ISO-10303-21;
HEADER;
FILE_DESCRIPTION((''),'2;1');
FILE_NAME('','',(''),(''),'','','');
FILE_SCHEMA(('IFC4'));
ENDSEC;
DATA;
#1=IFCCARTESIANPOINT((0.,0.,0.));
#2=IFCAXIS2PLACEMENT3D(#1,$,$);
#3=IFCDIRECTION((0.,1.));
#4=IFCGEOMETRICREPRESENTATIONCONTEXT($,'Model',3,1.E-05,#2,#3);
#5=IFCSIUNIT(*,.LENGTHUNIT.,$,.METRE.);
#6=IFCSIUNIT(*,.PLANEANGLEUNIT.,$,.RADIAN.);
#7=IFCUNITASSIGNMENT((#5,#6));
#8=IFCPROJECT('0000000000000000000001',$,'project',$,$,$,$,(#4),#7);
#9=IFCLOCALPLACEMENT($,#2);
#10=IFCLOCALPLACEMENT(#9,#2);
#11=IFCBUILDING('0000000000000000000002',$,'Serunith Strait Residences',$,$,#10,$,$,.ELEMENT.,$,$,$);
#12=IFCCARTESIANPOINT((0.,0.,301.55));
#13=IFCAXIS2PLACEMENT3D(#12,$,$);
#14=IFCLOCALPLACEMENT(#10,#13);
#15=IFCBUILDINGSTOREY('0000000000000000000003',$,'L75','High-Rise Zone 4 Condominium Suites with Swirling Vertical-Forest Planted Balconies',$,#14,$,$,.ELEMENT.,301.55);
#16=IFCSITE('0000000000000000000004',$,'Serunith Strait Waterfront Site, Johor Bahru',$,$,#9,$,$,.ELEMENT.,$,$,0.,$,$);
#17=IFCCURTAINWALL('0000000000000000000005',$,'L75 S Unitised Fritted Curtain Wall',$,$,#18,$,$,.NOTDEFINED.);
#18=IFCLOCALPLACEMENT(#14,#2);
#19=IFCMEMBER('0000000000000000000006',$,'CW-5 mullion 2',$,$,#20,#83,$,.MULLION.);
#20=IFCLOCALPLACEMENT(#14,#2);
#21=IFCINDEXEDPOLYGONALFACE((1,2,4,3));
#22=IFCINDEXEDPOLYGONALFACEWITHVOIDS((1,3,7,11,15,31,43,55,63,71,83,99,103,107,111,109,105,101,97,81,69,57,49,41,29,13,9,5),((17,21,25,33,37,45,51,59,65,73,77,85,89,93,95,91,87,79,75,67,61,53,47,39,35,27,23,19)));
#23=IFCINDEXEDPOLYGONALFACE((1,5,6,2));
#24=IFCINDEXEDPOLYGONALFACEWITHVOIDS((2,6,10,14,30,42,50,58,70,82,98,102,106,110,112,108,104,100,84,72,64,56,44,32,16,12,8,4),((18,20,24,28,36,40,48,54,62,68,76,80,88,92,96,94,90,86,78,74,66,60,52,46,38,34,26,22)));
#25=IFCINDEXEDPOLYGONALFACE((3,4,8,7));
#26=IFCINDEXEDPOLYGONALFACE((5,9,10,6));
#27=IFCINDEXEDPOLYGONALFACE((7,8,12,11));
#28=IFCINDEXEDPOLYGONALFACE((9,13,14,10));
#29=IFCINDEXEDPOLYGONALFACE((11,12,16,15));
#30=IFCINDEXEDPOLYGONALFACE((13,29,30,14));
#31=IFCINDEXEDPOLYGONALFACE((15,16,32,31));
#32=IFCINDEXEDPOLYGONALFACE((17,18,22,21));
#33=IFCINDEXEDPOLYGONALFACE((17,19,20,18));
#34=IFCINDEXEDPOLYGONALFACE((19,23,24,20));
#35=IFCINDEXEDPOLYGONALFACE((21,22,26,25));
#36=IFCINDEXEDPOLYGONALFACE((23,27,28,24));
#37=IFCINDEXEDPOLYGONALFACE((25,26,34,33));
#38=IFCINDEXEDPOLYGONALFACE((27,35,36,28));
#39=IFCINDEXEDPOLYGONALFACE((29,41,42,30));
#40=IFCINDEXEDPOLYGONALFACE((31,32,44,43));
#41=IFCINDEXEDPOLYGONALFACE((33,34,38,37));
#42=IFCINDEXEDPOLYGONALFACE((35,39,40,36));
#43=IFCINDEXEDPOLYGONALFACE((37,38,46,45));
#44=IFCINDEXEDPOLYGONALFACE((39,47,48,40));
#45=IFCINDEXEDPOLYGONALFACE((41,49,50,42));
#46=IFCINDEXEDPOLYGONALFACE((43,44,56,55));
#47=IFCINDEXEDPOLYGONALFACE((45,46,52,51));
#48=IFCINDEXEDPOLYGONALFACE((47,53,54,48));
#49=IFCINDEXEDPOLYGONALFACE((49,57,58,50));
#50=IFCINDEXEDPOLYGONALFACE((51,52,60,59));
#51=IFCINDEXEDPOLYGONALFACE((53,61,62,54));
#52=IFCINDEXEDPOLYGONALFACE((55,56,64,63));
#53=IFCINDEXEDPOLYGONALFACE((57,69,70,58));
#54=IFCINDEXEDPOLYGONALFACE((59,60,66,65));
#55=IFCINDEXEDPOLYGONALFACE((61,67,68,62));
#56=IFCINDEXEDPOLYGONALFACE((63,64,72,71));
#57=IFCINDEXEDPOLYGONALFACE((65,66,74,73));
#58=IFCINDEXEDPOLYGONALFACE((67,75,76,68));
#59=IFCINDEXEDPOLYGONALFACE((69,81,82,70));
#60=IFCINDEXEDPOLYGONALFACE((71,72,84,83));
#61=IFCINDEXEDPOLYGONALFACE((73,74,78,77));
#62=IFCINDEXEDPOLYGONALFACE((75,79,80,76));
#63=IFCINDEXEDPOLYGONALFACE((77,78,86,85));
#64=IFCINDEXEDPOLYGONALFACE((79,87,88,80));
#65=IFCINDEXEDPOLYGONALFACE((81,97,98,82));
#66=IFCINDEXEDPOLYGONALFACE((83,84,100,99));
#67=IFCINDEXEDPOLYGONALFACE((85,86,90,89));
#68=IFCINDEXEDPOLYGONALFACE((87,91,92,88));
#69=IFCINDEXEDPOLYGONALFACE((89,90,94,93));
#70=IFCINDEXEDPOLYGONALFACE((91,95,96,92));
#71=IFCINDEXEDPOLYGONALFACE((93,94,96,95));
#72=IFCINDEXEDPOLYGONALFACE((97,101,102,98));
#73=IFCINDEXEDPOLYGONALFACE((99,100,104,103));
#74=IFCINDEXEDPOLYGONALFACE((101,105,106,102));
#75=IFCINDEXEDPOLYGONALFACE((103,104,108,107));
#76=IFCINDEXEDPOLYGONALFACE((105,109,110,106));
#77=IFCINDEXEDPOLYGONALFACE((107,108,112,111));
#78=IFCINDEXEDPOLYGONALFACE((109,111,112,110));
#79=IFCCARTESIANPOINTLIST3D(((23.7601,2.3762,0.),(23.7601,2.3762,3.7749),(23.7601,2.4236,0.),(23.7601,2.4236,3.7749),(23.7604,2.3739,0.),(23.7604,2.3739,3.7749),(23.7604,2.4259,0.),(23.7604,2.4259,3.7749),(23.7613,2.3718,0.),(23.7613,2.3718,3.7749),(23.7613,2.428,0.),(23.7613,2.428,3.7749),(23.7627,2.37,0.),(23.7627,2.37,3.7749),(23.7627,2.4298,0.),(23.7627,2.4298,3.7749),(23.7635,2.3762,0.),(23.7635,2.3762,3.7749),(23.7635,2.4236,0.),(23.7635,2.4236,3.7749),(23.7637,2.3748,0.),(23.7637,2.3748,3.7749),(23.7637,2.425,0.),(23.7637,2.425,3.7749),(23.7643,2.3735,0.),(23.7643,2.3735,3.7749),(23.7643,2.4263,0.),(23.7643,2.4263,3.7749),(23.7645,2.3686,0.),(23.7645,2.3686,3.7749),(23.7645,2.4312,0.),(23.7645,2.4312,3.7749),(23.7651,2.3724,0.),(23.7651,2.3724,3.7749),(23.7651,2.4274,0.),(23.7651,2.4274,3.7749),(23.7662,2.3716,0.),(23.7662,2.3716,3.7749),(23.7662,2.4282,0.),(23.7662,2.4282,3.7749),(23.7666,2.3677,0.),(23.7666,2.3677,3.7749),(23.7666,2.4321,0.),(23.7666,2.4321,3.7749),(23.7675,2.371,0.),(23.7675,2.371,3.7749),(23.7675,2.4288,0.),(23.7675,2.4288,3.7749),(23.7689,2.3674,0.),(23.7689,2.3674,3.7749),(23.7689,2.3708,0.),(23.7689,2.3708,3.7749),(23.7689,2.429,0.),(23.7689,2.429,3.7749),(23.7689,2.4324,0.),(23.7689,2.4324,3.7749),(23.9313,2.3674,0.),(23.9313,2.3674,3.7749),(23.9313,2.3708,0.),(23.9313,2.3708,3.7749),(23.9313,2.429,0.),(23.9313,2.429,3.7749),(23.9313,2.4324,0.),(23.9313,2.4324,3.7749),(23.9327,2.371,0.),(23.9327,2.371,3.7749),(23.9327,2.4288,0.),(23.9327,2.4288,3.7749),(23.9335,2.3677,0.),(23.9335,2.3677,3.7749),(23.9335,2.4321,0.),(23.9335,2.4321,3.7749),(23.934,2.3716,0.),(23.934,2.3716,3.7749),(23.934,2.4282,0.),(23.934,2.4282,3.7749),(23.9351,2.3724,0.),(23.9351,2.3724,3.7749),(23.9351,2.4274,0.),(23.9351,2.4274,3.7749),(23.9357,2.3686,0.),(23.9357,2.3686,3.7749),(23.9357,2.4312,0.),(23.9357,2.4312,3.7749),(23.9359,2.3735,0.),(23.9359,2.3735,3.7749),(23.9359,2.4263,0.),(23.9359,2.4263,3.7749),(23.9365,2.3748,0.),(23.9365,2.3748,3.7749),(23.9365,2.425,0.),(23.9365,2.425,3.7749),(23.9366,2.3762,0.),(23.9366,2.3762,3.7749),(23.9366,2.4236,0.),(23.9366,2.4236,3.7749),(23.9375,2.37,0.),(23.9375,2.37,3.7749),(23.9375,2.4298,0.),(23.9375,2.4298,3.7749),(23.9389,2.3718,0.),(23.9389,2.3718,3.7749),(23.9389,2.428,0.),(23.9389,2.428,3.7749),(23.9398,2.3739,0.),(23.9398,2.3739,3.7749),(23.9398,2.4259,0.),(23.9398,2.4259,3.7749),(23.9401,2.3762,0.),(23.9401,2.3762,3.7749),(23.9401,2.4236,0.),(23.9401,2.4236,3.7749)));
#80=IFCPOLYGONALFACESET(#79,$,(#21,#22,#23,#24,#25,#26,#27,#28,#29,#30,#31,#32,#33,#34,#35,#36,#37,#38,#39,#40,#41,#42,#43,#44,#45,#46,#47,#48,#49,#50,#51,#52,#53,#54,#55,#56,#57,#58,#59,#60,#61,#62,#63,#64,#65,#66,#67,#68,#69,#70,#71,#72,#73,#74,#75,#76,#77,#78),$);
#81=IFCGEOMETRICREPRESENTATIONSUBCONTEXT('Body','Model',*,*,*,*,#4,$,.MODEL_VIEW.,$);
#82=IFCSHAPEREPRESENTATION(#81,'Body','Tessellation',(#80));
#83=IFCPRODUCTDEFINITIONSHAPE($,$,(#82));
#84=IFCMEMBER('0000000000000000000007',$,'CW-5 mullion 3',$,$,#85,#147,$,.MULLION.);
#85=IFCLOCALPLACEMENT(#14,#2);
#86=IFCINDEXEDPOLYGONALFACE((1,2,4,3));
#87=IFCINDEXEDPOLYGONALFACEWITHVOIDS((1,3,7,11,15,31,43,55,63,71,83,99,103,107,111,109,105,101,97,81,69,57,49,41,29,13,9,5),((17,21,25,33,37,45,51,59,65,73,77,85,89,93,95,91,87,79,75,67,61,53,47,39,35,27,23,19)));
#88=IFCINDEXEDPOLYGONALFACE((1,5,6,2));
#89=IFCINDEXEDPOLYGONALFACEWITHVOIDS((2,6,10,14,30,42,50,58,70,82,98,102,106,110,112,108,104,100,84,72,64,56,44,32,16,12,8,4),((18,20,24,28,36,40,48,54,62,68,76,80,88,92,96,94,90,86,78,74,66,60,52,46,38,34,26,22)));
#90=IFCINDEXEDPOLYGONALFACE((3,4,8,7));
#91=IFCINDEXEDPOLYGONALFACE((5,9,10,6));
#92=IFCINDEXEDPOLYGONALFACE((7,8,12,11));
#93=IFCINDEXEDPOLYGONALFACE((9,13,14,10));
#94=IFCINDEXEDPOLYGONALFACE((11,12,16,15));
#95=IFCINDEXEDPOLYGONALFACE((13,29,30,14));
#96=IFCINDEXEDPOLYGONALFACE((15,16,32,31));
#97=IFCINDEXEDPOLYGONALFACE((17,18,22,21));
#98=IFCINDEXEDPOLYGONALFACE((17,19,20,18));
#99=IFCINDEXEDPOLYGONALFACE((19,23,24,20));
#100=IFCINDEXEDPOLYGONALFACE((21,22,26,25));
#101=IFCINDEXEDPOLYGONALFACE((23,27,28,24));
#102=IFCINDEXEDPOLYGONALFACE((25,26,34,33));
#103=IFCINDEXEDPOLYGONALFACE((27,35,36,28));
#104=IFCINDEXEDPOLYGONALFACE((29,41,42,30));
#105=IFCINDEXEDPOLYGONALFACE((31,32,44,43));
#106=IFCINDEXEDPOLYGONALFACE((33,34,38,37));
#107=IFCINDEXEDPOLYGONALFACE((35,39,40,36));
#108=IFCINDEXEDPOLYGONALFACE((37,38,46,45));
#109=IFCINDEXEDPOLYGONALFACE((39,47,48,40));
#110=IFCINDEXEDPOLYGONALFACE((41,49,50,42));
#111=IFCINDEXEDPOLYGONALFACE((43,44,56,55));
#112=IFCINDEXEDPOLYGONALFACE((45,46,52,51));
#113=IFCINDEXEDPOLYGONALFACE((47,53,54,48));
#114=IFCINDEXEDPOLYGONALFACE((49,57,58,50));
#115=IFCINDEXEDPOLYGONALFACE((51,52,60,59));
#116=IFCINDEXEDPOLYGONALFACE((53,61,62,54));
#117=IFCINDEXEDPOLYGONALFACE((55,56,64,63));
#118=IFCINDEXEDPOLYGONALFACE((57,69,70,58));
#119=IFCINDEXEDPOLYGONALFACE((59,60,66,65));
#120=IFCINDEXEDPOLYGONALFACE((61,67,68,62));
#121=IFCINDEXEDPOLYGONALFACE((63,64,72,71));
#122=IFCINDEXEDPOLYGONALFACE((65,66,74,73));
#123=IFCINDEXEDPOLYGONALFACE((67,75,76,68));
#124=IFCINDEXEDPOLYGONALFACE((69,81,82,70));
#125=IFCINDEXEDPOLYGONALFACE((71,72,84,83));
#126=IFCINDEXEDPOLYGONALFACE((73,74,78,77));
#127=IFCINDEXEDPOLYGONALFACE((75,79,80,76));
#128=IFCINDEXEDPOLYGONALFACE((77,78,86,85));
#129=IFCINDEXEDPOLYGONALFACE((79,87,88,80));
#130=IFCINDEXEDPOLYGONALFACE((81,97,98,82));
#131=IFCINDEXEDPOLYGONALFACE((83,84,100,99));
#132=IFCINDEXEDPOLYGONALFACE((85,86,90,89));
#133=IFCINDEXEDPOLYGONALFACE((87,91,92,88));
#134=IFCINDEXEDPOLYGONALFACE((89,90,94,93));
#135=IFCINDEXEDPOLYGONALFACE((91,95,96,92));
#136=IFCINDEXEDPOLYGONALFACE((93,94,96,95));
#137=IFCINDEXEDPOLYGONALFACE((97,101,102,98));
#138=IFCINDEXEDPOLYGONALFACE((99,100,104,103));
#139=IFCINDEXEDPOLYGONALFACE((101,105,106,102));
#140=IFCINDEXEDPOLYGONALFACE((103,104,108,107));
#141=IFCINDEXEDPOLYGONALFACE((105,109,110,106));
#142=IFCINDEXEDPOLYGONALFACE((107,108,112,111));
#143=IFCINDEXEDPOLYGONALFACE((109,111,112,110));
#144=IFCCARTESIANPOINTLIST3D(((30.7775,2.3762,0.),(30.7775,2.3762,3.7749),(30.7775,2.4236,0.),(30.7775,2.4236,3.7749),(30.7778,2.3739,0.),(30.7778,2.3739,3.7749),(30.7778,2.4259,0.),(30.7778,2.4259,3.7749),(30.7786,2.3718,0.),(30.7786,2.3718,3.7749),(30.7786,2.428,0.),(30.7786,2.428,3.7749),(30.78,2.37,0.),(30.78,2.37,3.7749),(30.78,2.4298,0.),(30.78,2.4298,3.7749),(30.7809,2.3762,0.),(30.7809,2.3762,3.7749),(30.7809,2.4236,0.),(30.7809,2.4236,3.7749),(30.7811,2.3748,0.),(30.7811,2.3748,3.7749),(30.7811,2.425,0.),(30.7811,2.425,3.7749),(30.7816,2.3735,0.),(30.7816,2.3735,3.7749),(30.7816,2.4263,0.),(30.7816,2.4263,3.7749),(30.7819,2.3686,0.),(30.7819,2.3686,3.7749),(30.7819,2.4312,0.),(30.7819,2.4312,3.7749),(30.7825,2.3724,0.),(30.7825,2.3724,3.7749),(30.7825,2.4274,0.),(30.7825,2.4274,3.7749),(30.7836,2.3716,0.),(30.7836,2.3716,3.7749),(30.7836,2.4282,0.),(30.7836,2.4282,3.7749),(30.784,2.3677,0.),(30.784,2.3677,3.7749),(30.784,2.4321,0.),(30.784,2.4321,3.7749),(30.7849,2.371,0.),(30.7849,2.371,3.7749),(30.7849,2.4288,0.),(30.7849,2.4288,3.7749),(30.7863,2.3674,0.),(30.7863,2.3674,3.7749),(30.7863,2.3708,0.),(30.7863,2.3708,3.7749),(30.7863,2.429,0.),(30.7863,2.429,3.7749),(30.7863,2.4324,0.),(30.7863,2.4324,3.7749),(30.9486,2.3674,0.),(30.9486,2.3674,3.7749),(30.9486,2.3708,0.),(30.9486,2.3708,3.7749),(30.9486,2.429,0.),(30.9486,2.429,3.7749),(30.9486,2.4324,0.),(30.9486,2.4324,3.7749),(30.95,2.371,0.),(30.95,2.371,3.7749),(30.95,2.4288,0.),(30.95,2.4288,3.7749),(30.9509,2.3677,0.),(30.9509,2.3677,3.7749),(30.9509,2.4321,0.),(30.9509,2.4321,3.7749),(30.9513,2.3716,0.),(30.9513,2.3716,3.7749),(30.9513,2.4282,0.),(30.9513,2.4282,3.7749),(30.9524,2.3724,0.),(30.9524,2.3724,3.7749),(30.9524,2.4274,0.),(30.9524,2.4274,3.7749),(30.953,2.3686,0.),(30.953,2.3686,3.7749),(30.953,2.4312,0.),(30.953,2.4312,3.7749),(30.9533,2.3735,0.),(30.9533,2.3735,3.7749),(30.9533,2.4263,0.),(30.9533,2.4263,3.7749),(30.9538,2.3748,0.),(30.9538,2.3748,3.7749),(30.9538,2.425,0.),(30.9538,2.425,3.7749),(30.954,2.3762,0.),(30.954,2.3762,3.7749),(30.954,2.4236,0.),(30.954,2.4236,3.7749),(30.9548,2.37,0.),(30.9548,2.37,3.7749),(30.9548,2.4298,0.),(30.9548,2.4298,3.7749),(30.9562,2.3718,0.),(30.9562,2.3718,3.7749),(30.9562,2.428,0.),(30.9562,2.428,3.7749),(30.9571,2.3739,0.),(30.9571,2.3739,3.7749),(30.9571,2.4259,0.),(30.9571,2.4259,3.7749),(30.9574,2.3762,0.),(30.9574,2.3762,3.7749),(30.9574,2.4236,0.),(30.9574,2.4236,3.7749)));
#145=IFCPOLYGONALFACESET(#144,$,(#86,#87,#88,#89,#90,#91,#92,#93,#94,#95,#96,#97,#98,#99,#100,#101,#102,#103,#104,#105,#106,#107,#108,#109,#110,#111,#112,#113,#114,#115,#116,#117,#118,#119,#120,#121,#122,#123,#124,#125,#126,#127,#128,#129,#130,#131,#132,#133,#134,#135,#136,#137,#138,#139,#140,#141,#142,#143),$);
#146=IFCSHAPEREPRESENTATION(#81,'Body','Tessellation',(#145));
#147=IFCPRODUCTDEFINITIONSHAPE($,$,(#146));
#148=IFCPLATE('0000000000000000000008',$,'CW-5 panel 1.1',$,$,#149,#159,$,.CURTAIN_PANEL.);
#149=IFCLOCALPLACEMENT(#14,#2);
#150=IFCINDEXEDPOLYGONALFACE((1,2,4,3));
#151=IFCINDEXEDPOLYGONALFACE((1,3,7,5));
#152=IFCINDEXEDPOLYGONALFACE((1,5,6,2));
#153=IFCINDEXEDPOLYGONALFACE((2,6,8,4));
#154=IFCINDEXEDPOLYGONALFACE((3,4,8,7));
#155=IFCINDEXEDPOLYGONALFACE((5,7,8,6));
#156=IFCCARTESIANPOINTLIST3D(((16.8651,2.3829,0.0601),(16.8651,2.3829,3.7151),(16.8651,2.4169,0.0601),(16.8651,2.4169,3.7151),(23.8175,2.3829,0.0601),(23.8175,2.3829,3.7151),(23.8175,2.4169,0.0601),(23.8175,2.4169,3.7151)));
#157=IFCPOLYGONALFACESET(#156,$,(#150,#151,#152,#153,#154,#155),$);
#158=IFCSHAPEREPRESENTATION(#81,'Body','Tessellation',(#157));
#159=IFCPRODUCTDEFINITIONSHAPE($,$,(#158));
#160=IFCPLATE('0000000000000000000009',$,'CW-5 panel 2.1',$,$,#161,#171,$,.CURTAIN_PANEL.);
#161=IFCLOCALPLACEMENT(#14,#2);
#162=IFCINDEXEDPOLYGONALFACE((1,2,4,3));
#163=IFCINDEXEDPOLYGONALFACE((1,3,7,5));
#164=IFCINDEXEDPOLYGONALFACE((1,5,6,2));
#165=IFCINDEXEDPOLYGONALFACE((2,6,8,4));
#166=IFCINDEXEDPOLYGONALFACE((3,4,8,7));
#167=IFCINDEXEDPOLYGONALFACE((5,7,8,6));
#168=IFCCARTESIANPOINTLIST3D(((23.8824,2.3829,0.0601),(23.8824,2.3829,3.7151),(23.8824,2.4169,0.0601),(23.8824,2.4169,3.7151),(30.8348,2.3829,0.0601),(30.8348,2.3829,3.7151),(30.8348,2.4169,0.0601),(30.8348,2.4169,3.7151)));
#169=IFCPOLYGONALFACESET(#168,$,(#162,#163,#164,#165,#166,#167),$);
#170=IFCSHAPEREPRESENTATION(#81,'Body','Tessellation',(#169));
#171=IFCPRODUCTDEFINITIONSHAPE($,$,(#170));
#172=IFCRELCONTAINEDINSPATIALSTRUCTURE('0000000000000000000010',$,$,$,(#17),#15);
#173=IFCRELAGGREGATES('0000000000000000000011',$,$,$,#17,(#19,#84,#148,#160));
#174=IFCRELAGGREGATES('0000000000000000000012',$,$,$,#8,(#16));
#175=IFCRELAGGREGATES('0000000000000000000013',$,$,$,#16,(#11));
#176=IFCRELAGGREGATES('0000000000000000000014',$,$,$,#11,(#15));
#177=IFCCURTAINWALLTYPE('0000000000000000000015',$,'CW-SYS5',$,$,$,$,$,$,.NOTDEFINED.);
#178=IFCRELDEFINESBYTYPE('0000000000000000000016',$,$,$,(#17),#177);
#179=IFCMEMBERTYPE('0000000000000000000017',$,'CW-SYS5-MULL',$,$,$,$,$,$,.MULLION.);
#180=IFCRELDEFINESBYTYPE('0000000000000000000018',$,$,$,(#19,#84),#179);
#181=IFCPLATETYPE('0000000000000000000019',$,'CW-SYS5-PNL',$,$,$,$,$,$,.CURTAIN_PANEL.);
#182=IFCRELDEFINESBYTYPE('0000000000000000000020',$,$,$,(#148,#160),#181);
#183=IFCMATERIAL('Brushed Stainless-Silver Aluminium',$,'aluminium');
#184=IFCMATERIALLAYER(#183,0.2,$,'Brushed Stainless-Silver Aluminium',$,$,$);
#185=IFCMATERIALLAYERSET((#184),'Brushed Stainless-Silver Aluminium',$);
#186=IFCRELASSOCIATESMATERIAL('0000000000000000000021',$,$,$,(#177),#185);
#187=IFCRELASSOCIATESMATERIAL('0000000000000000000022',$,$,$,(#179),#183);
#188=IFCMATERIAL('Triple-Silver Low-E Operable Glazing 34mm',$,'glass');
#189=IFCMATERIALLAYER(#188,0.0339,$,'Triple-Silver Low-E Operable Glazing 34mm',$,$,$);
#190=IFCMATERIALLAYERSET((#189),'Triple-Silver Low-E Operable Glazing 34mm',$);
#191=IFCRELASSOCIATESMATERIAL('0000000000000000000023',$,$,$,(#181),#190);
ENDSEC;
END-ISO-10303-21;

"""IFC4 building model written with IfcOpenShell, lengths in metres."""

from ifc_helpers import new_model, si_unit, direction, frame, origin, origin_2d, place, context, subcontext, project, spatial, rectangle, hollow_rectangle, extrude, source, transform, mapped, material, layer, layer_set, material_profile, profile_set, type_object, element, aggregate, save


model = new_model("IFC4")

# Units and contexts
model_context = context("Model", 3, precision=1e-05, world=origin(), true_north=direction((0.0, 1.0)))
body_context = subcontext(model_context, "Body", "Model", "MODEL_VIEW")
ifc_project = project(units=[si_unit("LENGTHUNIT", "METRE"), si_unit("PLANEANGLEUNIT", "RADIAN")], contexts=[model_context])

# Site, building, storey
site_placement = place(None, origin())
site = spatial("IfcSite", under=ifc_project, at=site_placement, Name="Serunith Strait Waterfront Site, Johor Bahru", CompositionType="ELEMENT", RefElevation=0.0)
building_placement = place(site_placement, origin())
building = spatial("IfcBuilding", under=site, at=building_placement, Name="Serunith Strait Residences", CompositionType="ELEMENT")
storey_placement = place(building_placement, frame((0.0, 0.0, 301.55)))
storey = spatial("IfcBuildingStorey", under=building, at=storey_placement, Name="L75", Description="High-Rise Zone 4 Condominium Suites with Swirling Vertical-Forest Planted Balconies", CompositionType="ELEMENT", Elevation=301.55)

# Curtain wall, members, plates
ifc_material_1 = material(Name="Brushed Stainless-Silver Aluminium", Category="aluminium")
ifc_layer_1 = layer(ifc_material_1, 0.2, Name="Brushed Stainless-Silver Aluminium")
ifc_layer_set_1 = layer_set([ifc_layer_1], Name="Brushed Stainless-Silver Aluminium")
curtain_wall_type = type_object("IfcCurtainWallType", Name="CW-SYS5", PredefinedType="NOTDEFINED", material=ifc_layer_set_1)
curtain_wall_placement = place(storey_placement, origin())
curtain_wall = element("IfcCurtainWall", 1, at=curtain_wall_placement, inside=storey, type_object=curtain_wall_type, Name="L75 S Unitised Fritted Curtain Wall", PredefinedType="NOTDEFINED")
ifc_material_profile_1 = material_profile(ifc_material_1, hollow_rectangle(XDim=0.0649, YDim=0.1799, WallThickness=0.0034, InnerFilletRadius=0.0054, OuterFilletRadius=0.0088, at=origin_2d()), Name="ALU 180x65x3.5")
ifc_profile_set_1 = profile_set([ifc_material_profile_1], Name="Brushed Stainless-Silver Aluminium")
member_type_1 = type_object("IfcMemberType", Name="CW-SYS5-MULL", PredefinedType="MULLION", material=ifc_profile_set_1)
shared_shape_1 = source(origin(), body_context, "Body", "SweptSolid", [
    extrude(hollow_rectangle(XDim=0.0649, YDim=0.1799, WallThickness=0.0034, InnerFilletRadius=0.0054, OuterFilletRadius=0.0088, at=origin_2d()), origin(), (0.0, 0.0, 1.0), 3.7749),
])
member_1_placement = place(storey_placement, frame((23.8501, 2.3999, 0.0), z_axis=(0.0, 0.0, 1.0), x_axis=(0.0, 1.0, 0.0)))
member_1 = element("IfcMember", 2, at=member_1_placement, type_object=member_type_1, Name="CW-5 mullion 2", PredefinedType="MULLION", context=body_context, shape_type="MappedRepresentation", body=[
    mapped(shared_shape_1, transform((0.0, 0.0, 0.0), scale=1.0)),
])
member_2_placement = place(storey_placement, frame((30.8674, 2.3999, 0.0), z_axis=(0.0, 0.0, 1.0), x_axis=(0.0, 1.0, 0.0)))
member_2 = element("IfcMember", 3, at=member_2_placement, type_object=member_type_1, Name="CW-5 mullion 3", PredefinedType="MULLION", context=body_context, shape_type="MappedRepresentation", body=[
    mapped(shared_shape_1, transform((0.0, 0.0, 0.0), scale=1.0)),
])
ifc_material_2 = material(Name="Triple-Silver Low-E Operable Glazing 34mm", Category="glass")
ifc_layer_2 = layer(ifc_material_2, 0.0339, Name="Triple-Silver Low-E Operable Glazing 34mm")
ifc_layer_set_2 = layer_set([ifc_layer_2], Name="Triple-Silver Low-E Operable Glazing 34mm")
plate_type = type_object("IfcPlateType", Name="CW-SYS5-PNL", PredefinedType="CURTAIN_PANEL", material=ifc_layer_set_2)
shared_shape_2 = source(origin(), body_context, "Body", "SweptSolid", [
    extrude(rectangle(XDim=6.9524, YDim=0.0339, at=origin_2d()), origin(), (0.0, 0.0, 1.0), 3.655),
])
plate_1_placement = place(storey_placement, frame((20.3413, 2.3999, 0.0601), z_axis=(0.0, 0.0, 1.0), x_axis=(1.0, 0.0, 0.0)))
plate_1 = element("IfcPlate", 4, at=plate_1_placement, type_object=plate_type, Name="CW-5 panel 1.1", PredefinedType="CURTAIN_PANEL", context=body_context, shape_type="MappedRepresentation", body=[
    mapped(shared_shape_2, transform((0.0, 0.0, 0.0), scale=1.0)),
])
plate_2_placement = place(storey_placement, frame((27.3586, 2.3999, 0.0601), z_axis=(0.0, 0.0, 1.0), x_axis=(1.0, 0.0, 0.0)))
plate_2 = element("IfcPlate", 5, at=plate_2_placement, type_object=plate_type, Name="CW-5 panel 2.1", PredefinedType="CURTAIN_PANEL", context=body_context, shape_type="MappedRepresentation", body=[
    mapped(shared_shape_2, transform((0.0, 0.0, 0.0), scale=1.0)),
])
aggregate(curtain_wall, [member_1, member_2, plate_1, plate_2])

save(model, "model.ifc")
